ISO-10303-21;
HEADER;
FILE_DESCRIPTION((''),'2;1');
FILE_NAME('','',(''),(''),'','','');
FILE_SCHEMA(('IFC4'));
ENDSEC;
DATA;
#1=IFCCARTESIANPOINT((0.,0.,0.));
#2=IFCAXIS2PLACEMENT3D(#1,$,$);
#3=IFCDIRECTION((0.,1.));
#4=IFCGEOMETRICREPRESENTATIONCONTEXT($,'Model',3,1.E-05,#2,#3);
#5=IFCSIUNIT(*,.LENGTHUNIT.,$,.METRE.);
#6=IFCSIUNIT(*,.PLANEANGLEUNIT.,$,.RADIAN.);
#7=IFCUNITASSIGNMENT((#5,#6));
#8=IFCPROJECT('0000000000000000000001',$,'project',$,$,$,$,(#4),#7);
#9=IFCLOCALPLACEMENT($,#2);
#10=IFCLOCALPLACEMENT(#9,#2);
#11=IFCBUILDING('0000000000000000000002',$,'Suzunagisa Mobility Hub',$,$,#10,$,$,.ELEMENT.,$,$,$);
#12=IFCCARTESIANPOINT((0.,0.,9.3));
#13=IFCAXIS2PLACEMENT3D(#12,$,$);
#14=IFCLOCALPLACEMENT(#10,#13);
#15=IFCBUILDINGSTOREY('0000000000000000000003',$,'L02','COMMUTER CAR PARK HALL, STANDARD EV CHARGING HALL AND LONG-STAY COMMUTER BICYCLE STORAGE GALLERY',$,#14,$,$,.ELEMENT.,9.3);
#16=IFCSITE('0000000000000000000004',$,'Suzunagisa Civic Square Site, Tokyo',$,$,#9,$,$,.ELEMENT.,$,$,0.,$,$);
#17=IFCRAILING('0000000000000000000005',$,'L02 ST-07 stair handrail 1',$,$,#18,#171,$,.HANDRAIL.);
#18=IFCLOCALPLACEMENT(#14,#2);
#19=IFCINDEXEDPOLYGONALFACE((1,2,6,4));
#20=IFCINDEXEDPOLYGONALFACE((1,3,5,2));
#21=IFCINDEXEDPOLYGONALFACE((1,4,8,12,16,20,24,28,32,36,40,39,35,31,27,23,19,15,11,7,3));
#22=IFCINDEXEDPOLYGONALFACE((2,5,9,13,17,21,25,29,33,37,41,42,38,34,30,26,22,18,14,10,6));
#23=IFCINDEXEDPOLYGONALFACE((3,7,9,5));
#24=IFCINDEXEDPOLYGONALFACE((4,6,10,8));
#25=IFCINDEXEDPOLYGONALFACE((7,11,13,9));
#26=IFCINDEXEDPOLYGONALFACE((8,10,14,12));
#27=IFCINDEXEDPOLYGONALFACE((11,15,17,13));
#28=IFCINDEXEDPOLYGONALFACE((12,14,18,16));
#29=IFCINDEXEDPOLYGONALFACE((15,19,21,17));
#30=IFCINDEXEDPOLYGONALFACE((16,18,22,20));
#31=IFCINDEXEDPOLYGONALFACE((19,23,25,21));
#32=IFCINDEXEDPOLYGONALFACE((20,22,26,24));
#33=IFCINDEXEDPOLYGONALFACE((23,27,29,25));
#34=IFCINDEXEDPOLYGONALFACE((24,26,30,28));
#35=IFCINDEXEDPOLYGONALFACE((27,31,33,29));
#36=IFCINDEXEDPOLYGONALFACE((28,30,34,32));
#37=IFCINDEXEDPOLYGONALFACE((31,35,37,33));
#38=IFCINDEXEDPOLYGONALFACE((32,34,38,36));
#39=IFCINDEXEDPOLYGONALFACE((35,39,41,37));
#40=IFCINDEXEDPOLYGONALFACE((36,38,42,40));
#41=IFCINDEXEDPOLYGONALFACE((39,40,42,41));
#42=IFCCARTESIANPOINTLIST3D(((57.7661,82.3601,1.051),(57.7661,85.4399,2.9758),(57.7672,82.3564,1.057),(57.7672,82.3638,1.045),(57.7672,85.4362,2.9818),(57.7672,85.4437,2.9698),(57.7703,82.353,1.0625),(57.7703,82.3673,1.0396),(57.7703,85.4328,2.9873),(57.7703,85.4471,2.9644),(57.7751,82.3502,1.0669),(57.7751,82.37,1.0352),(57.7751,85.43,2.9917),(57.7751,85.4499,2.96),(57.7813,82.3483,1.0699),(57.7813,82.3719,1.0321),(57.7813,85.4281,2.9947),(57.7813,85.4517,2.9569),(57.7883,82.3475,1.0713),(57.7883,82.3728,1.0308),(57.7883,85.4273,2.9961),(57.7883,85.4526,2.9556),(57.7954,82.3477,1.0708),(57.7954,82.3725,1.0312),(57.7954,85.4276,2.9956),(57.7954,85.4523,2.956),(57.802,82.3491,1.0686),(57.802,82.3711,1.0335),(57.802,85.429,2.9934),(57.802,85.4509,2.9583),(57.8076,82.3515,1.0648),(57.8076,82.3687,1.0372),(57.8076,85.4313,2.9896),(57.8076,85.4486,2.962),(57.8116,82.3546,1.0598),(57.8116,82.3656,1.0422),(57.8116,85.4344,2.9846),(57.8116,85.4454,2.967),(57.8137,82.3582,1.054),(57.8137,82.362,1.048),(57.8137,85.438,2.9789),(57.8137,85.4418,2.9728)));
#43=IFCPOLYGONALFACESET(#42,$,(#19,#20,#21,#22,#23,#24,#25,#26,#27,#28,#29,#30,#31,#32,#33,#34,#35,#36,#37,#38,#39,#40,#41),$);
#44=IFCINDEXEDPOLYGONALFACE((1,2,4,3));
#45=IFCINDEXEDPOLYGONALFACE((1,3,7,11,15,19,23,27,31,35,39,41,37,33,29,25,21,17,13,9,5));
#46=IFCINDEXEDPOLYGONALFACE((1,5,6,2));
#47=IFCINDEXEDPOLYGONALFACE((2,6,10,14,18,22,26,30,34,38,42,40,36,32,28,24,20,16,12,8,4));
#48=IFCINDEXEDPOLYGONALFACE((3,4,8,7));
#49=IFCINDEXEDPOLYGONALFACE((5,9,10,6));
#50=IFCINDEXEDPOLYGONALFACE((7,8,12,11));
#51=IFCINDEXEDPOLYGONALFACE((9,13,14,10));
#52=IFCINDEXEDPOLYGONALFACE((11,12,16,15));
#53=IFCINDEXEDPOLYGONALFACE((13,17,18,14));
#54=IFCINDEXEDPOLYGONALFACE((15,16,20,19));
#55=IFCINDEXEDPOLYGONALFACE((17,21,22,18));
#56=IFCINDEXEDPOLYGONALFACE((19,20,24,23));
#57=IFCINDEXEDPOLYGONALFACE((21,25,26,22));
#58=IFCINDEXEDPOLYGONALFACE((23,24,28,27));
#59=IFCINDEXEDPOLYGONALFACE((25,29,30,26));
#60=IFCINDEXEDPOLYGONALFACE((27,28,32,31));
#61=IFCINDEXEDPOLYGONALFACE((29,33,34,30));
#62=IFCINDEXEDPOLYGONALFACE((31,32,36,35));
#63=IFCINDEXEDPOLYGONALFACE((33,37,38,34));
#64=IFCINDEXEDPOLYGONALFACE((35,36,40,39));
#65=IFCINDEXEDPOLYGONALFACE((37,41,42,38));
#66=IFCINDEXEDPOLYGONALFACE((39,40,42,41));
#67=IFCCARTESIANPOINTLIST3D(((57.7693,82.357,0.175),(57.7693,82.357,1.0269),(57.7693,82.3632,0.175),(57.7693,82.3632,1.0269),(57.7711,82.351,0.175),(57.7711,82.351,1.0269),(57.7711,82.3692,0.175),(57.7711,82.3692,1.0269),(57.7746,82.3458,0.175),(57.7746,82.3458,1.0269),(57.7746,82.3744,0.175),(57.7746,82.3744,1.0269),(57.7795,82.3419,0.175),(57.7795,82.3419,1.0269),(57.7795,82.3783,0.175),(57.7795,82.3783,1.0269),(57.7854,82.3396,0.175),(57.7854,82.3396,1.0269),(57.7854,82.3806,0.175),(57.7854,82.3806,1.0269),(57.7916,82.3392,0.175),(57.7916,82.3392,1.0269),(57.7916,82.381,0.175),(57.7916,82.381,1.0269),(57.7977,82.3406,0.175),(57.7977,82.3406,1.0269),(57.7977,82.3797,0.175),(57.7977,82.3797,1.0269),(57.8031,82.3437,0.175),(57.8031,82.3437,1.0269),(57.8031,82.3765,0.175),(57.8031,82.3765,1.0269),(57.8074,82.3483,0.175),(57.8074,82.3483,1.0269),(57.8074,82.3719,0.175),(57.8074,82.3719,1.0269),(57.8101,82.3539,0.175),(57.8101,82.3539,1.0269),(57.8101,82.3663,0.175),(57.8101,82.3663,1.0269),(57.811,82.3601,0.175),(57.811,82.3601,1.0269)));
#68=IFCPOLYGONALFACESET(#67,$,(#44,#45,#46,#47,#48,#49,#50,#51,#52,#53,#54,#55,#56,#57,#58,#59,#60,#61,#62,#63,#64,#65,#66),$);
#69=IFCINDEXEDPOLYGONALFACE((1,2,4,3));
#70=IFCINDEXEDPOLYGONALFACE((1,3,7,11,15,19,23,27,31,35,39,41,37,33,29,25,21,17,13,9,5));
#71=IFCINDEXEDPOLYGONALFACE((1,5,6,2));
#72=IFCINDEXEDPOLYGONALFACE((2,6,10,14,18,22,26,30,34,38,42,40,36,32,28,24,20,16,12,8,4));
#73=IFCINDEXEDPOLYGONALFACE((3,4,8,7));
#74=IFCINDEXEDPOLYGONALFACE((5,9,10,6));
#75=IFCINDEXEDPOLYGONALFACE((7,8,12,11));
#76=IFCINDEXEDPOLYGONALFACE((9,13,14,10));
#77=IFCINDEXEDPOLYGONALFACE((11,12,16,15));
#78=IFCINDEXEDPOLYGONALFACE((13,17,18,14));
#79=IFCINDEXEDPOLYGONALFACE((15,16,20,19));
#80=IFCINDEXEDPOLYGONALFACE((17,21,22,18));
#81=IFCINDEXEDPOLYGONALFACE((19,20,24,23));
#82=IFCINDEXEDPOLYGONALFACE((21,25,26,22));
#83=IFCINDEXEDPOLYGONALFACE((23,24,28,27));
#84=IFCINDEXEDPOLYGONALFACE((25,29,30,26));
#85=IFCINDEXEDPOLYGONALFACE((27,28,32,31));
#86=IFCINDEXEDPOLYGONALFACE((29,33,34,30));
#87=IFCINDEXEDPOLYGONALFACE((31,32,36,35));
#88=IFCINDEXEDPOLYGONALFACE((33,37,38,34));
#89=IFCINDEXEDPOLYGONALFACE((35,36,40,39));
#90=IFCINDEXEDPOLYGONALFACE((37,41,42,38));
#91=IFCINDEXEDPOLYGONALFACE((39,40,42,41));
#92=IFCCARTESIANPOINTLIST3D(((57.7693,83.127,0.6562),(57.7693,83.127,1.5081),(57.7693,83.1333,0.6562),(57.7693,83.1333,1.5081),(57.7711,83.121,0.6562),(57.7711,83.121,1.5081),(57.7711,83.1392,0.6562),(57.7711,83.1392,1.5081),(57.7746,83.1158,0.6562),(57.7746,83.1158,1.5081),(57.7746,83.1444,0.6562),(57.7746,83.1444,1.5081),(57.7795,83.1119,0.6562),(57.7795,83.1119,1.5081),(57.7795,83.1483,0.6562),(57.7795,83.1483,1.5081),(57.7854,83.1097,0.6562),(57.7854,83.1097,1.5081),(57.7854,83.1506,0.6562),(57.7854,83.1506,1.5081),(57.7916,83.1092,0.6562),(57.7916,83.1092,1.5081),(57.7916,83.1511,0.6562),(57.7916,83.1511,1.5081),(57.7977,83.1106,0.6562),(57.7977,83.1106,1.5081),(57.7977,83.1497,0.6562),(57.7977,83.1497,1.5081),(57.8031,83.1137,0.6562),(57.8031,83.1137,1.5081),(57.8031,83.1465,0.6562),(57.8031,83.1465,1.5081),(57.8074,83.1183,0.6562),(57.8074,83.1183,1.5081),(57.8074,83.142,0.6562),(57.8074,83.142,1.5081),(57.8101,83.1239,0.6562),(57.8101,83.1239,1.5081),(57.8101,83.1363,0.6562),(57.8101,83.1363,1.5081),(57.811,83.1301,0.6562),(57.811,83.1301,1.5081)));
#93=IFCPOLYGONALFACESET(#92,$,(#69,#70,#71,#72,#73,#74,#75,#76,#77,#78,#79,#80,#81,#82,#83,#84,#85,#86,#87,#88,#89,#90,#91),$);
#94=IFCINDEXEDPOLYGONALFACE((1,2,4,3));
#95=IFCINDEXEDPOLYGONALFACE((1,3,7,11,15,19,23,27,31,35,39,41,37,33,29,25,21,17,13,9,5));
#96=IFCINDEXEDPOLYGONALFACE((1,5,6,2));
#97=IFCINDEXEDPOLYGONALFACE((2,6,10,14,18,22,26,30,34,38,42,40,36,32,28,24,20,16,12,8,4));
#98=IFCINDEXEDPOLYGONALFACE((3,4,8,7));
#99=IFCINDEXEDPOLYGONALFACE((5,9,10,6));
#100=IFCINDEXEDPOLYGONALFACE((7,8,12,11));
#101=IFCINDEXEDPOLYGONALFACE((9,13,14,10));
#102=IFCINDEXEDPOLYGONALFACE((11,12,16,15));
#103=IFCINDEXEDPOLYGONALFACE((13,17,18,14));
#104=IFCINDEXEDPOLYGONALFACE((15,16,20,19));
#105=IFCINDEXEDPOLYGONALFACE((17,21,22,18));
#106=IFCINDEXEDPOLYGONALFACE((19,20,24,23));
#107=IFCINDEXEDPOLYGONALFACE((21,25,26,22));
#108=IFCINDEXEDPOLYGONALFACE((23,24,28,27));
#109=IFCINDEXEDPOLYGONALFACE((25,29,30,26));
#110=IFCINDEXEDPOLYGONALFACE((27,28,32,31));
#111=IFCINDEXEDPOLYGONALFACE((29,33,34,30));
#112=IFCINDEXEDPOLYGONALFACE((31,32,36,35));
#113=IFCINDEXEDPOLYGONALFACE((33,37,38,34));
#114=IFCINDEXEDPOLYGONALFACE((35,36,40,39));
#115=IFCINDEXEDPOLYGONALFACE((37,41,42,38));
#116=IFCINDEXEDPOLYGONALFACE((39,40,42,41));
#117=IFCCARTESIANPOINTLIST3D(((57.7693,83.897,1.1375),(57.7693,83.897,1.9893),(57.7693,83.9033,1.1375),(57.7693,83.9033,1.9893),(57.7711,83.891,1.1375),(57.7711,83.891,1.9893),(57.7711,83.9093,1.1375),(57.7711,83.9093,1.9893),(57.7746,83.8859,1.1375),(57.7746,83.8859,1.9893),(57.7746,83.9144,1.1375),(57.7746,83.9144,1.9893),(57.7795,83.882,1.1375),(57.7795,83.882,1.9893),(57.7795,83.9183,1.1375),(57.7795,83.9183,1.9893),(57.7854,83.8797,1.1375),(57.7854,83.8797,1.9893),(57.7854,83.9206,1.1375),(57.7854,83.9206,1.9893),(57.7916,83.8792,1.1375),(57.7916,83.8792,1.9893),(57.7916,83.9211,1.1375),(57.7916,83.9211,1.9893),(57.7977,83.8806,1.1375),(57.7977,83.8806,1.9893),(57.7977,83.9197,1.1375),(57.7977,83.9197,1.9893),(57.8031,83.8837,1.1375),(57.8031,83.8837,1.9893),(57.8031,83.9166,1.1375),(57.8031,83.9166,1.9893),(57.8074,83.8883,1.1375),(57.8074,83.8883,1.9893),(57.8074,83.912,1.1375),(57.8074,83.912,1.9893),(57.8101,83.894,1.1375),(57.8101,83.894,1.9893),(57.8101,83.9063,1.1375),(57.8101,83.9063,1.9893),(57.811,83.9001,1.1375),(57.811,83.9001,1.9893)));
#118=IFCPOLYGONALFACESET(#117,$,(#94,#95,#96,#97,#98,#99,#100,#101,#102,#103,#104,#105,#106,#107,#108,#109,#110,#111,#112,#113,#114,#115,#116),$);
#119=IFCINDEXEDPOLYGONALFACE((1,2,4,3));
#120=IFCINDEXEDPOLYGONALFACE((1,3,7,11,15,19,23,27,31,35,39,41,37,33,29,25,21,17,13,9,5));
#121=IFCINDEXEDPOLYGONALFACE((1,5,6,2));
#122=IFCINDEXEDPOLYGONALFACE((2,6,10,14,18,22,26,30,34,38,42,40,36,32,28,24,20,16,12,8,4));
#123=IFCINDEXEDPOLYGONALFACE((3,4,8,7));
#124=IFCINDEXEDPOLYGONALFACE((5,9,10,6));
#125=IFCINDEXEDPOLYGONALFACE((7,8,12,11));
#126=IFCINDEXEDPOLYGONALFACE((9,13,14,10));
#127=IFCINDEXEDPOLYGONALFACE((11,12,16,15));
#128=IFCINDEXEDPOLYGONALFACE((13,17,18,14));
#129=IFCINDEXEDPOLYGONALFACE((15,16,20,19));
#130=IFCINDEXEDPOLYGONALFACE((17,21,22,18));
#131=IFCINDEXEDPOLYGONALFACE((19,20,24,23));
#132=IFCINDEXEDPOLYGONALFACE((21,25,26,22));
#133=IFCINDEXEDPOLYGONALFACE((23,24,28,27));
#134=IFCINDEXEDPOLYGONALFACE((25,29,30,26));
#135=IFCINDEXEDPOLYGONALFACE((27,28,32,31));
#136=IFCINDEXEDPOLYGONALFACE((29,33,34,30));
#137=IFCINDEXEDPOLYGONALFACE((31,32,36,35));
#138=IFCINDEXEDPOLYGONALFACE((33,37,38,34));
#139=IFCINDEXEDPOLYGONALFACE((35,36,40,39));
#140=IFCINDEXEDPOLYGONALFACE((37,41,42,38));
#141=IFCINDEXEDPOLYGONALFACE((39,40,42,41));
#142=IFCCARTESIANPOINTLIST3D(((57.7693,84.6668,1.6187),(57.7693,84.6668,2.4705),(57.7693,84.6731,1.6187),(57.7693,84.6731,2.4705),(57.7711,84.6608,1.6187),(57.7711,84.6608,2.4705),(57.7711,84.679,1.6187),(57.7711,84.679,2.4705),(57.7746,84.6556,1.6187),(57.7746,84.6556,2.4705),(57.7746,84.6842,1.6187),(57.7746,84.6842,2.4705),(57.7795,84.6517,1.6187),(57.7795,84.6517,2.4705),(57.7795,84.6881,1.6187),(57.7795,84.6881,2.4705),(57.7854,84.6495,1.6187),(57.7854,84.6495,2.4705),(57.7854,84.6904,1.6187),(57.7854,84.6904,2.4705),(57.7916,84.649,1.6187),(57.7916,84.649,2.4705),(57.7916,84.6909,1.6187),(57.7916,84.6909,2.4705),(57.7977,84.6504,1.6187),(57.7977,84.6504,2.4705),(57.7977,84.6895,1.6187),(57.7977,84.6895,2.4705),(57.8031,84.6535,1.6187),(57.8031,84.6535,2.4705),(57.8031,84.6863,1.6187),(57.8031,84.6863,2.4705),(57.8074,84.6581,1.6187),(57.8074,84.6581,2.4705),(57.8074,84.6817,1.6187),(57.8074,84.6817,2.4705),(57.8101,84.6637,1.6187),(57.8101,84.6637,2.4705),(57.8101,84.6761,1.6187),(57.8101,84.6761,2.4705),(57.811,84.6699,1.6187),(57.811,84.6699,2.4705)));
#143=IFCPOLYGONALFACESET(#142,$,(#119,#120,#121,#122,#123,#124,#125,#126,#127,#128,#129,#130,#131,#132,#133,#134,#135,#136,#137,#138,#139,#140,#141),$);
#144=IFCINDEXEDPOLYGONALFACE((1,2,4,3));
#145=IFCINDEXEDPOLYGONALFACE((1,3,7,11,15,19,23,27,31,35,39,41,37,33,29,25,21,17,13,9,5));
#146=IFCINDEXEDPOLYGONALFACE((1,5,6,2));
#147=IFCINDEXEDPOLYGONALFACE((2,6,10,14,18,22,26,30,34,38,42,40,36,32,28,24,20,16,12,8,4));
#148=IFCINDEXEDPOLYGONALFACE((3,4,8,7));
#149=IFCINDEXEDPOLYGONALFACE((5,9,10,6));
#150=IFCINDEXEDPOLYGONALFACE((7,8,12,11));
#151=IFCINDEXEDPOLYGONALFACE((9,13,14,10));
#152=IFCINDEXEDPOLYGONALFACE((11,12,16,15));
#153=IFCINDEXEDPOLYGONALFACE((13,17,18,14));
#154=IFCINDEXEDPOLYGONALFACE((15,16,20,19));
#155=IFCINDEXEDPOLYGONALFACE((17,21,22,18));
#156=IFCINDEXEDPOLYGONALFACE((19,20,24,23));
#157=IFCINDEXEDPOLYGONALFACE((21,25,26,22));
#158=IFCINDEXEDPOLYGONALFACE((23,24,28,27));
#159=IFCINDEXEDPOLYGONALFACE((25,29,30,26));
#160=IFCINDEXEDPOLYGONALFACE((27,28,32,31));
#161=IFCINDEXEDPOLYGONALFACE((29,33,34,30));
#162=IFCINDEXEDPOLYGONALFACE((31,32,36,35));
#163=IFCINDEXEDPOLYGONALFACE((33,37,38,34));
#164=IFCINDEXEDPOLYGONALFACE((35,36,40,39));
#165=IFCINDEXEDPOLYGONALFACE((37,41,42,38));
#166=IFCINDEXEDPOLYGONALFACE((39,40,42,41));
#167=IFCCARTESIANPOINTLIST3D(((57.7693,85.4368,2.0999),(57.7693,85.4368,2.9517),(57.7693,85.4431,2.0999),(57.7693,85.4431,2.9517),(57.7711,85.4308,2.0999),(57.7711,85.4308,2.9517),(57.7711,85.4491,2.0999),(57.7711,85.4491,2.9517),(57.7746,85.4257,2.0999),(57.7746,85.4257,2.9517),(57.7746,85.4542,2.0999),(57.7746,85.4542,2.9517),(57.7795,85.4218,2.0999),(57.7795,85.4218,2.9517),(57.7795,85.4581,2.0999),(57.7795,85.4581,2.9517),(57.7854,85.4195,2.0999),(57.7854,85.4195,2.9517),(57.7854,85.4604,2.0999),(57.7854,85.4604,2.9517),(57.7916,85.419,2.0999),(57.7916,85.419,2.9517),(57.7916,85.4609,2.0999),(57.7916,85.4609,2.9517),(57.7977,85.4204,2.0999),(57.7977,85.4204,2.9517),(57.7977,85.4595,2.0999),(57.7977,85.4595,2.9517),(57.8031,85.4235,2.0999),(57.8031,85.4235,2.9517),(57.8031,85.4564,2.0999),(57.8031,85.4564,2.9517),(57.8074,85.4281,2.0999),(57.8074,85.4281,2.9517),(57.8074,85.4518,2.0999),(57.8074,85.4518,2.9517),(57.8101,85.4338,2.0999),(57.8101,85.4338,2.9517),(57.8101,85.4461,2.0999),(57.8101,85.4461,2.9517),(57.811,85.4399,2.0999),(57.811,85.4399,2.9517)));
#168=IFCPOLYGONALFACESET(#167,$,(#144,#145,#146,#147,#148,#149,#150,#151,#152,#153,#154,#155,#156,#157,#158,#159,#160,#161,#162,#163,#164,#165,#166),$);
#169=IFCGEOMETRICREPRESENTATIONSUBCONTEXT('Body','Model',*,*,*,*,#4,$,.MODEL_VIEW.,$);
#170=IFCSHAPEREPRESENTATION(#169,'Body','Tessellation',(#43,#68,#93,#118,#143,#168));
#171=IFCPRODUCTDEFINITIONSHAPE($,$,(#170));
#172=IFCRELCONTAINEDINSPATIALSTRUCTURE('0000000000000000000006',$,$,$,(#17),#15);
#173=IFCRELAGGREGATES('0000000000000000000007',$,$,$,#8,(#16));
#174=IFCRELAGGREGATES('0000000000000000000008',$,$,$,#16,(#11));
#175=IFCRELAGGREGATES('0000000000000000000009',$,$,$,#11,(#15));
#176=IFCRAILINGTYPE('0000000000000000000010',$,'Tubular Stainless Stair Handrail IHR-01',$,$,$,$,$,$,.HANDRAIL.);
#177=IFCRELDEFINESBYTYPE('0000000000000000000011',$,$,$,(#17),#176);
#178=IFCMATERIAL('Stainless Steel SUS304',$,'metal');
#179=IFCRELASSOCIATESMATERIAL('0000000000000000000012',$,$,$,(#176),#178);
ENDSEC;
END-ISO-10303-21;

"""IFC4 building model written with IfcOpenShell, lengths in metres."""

from ifc_helpers import new_model, si_unit, direction, frame, origin, origin_2d, place, context, subcontext, project, spatial, circle, extrude, material, type_object, element, save


model = new_model("IFC4")

# Units and contexts
model_context = context("Model", 3, precision=1e-05, world=origin(), true_north=direction((0.0, 1.0)))
body_context = subcontext(model_context, "Body", "Model", "MODEL_VIEW")
ifc_project = project(units=[si_unit("LENGTHUNIT", "METRE"), si_unit("PLANEANGLEUNIT", "RADIAN")], contexts=[model_context])

# Site, building, storey
site_placement = place(None, origin())
site = spatial("IfcSite", under=ifc_project, at=site_placement, Name="Suzunagisa Civic Square Site, Tokyo", CompositionType="ELEMENT", RefElevation=0.0)
building_placement = place(site_placement, origin())
building = spatial("IfcBuilding", under=site, at=building_placement, Name="Suzunagisa Mobility Hub", CompositionType="ELEMENT")
storey_placement = place(building_placement, frame((0.0, 0.0, 9.3)))
storey = spatial("IfcBuildingStorey", under=building, at=storey_placement, Name="L02", Description="COMMUTER CAR PARK HALL, STANDARD EV CHARGING HALL AND LONG-STAY COMMUTER BICYCLE STORAGE GALLERY", CompositionType="ELEMENT", Elevation=9.3)

# Railing
ifc_material_1 = material(Name="Stainless Steel SUS304", Category="metal")
railing_type_1 = type_object("IfcRailingType", Name="Tubular Stainless Stair Handrail IHR-01", PredefinedType="HANDRAIL", material=ifc_material_1)
railing_1_placement = place(storey_placement, frame((57.79, 82.3601, 0.175)))
element("IfcRailing", 1, at=railing_1_placement, inside=storey, type_object=railing_type_1, Name="L02 ST-07 stair handrail 1", PredefinedType="HANDRAIL", context=body_context, shape_type="SweptSolid", body=[
    extrude(circle(Radius=0.0239, at=origin_2d()), frame((0.0, 0.0, 0.876), z_axis=(0.0, 0.84801, 0.529981), x_axis=(-1.0, 0.0, 0.0)), (0.0, 0.0, 1.0), 3.6318),
    extrude(circle(Radius=0.021, at=origin_2d()), origin(), (0.0, 0.0, 1.0), 0.8518),
    extrude(circle(Radius=0.021, at=origin_2d()), frame((0.0, 0.77, 0.4812)), (0.0, 0.0, 1.0), 0.8518),
    extrude(circle(Radius=0.021, at=origin_2d()), frame((0.0, 1.54, 0.9624)), (0.0, 0.0, 1.0), 0.8518),
    extrude(circle(Radius=0.021, at=origin_2d()), frame((0.0, 2.3098, 1.4436)), (0.0, 0.0, 1.0), 0.8518),
    extrude(circle(Radius=0.021, at=origin_2d()), frame((0.0, 3.0798, 1.9248)), (0.0, 0.0, 1.0), 0.8518),
])

save(model, "model.ifc")
